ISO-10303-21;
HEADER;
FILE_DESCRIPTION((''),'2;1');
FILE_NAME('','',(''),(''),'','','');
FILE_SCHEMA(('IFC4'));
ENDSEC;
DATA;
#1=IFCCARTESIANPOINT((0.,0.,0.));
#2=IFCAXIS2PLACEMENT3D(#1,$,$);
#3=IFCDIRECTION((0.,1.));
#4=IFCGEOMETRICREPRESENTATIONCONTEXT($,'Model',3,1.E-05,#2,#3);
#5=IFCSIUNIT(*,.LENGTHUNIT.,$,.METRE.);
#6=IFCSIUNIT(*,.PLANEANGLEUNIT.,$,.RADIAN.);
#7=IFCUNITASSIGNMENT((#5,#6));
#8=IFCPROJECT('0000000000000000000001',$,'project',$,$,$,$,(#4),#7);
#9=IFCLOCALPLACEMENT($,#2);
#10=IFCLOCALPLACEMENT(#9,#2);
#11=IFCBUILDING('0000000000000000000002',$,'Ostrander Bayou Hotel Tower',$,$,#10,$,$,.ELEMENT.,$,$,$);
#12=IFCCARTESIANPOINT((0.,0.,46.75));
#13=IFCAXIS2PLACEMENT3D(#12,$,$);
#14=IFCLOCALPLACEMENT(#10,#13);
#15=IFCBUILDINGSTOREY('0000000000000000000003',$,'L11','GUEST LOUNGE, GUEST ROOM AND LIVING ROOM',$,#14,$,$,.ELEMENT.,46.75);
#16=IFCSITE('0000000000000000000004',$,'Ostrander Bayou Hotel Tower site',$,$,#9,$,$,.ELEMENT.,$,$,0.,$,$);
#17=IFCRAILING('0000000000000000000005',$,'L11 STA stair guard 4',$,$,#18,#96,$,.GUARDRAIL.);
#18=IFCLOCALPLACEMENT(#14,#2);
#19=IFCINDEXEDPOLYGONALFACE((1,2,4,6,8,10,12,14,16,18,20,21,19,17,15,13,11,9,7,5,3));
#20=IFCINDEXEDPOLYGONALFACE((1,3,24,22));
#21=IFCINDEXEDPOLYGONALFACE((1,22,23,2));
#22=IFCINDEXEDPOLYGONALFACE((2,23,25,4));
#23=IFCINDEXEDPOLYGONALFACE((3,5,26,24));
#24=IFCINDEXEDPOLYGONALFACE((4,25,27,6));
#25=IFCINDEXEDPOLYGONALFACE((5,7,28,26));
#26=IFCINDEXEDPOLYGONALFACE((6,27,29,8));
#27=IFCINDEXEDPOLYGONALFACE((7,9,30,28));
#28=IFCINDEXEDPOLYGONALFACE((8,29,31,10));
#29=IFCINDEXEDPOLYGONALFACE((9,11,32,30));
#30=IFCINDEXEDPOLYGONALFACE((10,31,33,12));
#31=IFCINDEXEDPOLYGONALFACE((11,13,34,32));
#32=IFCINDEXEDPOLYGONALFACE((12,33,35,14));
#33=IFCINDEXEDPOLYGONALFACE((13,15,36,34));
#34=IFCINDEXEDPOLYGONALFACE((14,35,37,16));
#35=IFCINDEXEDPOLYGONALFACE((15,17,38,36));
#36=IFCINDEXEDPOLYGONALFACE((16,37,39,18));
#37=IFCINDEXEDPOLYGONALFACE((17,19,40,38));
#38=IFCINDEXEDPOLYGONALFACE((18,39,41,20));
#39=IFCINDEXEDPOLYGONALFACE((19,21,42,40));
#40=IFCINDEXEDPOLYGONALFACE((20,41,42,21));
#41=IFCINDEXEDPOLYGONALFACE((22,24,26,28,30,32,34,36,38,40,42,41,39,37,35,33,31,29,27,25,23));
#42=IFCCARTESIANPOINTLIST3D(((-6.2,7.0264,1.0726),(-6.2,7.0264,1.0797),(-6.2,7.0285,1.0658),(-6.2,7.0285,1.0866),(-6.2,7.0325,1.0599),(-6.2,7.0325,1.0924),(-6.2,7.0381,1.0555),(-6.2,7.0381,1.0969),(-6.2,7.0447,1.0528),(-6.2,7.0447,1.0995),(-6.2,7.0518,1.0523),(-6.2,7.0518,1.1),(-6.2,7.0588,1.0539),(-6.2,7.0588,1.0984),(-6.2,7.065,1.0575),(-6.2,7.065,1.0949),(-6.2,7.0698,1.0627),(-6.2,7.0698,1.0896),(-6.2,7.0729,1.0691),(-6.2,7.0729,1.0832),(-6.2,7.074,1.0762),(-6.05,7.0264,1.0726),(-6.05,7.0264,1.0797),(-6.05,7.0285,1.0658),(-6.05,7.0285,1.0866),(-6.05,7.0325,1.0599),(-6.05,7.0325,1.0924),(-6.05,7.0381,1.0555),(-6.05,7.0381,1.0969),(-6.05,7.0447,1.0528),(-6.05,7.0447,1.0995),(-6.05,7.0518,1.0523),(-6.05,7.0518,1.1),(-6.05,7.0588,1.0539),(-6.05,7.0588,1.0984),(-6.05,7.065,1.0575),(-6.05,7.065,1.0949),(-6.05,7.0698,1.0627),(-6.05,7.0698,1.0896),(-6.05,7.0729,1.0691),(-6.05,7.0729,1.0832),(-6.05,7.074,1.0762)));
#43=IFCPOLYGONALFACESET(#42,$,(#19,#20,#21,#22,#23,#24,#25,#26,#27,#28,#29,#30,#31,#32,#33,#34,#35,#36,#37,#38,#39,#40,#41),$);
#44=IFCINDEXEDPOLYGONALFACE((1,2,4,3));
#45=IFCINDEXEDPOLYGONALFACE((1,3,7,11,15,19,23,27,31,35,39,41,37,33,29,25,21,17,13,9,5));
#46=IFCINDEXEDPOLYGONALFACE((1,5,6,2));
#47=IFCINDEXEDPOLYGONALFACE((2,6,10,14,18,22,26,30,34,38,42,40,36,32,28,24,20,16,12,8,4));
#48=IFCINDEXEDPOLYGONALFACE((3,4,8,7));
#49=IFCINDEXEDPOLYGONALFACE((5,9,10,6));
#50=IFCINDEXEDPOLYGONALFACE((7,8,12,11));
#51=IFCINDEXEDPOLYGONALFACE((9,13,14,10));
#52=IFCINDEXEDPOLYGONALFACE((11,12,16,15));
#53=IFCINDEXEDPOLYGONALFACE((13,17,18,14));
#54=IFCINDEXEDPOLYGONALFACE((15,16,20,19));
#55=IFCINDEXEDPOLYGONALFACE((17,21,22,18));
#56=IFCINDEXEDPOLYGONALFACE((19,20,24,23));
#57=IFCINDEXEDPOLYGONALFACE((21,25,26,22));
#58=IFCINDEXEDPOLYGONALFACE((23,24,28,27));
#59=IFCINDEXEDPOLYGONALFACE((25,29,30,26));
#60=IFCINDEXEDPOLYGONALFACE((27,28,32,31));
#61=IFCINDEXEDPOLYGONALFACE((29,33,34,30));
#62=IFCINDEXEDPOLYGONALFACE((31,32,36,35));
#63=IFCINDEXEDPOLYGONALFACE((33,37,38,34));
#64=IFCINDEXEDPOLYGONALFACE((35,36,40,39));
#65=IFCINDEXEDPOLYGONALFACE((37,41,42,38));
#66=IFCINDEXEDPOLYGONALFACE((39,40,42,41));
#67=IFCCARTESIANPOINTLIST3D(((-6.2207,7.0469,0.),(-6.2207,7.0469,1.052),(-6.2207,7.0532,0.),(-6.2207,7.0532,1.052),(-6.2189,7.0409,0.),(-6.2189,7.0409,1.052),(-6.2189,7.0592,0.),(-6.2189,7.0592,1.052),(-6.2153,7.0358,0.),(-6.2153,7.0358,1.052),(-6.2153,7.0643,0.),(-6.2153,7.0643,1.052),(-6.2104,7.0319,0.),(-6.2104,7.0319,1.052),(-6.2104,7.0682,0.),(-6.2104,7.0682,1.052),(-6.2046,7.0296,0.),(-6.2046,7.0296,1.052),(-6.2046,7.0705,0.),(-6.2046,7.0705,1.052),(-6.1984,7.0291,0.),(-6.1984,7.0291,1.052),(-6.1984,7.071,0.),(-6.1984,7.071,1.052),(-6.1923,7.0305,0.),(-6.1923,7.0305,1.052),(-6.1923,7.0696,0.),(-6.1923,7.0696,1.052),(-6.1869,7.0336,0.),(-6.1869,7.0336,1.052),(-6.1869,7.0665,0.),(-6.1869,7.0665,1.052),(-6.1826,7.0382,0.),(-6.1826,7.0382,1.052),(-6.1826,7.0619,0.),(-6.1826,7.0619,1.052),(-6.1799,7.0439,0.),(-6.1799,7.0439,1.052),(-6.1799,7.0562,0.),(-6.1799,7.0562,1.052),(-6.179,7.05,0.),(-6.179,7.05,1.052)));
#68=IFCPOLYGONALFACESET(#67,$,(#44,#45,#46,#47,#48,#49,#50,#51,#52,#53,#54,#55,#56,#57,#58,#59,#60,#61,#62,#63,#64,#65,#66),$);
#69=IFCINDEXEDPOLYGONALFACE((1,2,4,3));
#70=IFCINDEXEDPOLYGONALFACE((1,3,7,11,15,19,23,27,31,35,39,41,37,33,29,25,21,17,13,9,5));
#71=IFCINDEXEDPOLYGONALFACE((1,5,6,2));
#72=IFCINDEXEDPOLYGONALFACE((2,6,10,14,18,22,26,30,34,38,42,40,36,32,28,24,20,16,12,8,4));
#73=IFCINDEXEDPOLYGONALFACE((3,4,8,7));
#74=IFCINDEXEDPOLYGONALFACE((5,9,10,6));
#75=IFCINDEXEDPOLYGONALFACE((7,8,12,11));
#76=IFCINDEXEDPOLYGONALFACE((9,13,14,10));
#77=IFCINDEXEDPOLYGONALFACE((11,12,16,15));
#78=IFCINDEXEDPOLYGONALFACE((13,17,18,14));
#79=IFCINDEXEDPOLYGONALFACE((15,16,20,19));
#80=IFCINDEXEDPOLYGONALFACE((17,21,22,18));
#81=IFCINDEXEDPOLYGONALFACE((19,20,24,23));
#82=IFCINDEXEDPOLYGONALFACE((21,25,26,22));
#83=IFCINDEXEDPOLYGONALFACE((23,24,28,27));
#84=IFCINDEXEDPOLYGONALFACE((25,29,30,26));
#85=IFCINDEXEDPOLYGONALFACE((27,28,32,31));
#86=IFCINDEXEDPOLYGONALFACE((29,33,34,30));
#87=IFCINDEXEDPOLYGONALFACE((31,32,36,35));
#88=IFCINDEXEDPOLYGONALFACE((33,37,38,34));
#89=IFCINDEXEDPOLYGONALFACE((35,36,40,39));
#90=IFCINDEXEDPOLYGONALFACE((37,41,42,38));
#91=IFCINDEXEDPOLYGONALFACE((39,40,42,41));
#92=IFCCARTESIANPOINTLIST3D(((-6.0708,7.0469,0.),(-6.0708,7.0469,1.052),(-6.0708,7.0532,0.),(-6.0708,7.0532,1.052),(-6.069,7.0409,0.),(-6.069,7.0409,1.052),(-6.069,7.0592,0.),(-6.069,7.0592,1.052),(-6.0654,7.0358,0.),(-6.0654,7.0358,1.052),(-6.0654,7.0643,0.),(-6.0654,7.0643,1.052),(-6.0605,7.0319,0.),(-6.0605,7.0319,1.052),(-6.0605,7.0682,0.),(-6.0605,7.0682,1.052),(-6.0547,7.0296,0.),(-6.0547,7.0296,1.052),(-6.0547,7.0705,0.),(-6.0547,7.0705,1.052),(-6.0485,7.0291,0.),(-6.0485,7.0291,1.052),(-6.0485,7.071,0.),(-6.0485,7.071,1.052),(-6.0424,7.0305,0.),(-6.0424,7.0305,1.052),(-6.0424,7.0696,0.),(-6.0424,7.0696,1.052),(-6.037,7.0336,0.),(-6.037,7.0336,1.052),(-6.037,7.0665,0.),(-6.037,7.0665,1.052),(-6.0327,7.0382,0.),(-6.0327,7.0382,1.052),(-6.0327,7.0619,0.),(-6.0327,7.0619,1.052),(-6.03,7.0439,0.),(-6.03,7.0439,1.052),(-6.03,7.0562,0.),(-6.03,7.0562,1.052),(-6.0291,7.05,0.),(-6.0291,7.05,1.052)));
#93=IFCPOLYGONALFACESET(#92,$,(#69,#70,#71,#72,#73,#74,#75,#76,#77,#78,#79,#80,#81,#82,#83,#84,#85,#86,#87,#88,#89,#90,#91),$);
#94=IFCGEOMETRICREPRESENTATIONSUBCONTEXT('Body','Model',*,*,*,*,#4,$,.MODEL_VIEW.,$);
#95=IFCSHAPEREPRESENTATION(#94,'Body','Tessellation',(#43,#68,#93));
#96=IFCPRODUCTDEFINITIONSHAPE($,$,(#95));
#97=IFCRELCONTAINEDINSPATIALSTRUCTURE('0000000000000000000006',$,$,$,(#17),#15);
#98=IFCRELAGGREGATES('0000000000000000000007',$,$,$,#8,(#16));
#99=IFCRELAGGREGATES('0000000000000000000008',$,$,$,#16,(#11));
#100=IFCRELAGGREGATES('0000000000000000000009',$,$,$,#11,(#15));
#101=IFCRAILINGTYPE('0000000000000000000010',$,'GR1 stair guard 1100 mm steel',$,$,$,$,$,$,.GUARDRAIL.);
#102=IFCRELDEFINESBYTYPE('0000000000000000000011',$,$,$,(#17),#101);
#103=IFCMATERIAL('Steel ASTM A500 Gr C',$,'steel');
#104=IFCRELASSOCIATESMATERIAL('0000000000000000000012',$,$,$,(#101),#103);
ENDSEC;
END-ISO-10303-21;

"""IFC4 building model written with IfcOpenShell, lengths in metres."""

from ifc_helpers import new_model, si_unit, direction, frame, origin, origin_2d, place, context, subcontext, project, spatial, circle, extrude, material, type_object, element, save


model = new_model("IFC4")

# Units and contexts
model_context = context("Model", 3, precision=1e-05, world=origin(), true_north=direction((0.0, 1.0)))
body_context = subcontext(model_context, "Body", "Model", "MODEL_VIEW")
ifc_project = project(units=[si_unit("LENGTHUNIT", "METRE"), si_unit("PLANEANGLEUNIT", "RADIAN")], contexts=[model_context])

# Site, building, storey
site_placement = place(None, origin())
site = spatial("IfcSite", under=ifc_project, at=site_placement, Name="Ostrander Bayou Hotel Tower site", CompositionType="ELEMENT", RefElevation=0.0)
building_placement = place(site_placement, origin())
building = spatial("IfcBuilding", under=site, at=building_placement, Name="Ostrander Bayou Hotel Tower", CompositionType="ELEMENT")
storey_placement = place(building_placement, frame((0.0, 0.0, 46.75)))
storey = spatial("IfcBuildingStorey", under=building, at=storey_placement, Name="L11", Description="GUEST LOUNGE, GUEST ROOM AND LIVING ROOM", CompositionType="ELEMENT", Elevation=46.75)

# Railing
ifc_material_1 = material(Name="Steel ASTM A500 Gr C", Category="steel")
railing_type = type_object("IfcRailingType", Name="GR1 stair guard 1100 mm steel", PredefinedType="GUARDRAIL", material=ifc_material_1)
railing_1_placement = place(storey_placement, frame((-6.2, 7.05, 0.0)))
element("IfcRailing", 1, at=railing_1_placement, inside=storey, type_object=railing_type, Name="L11 STA stair guard 4", PredefinedType="GUARDRAIL", context=body_context, shape_type="SweptSolid", body=[
    extrude(circle(Radius=0.0239, at=origin_2d()), frame((0.0, 0.0, 1.0762), z_axis=(1.0, 0.0, 0.0), x_axis=(0.0, 1.0, 0.0)), (0.0, 0.0, 1.0), 0.1499),
    extrude(circle(Radius=0.021, at=origin_2d()), origin(), (0.0, 0.0, 1.0), 1.052),
    extrude(circle(Radius=0.021, at=origin_2d()), frame((0.1499, 0.0, 0.0)), (0.0, 0.0, 1.0), 1.052),
])

save(model, "model.ifc")
